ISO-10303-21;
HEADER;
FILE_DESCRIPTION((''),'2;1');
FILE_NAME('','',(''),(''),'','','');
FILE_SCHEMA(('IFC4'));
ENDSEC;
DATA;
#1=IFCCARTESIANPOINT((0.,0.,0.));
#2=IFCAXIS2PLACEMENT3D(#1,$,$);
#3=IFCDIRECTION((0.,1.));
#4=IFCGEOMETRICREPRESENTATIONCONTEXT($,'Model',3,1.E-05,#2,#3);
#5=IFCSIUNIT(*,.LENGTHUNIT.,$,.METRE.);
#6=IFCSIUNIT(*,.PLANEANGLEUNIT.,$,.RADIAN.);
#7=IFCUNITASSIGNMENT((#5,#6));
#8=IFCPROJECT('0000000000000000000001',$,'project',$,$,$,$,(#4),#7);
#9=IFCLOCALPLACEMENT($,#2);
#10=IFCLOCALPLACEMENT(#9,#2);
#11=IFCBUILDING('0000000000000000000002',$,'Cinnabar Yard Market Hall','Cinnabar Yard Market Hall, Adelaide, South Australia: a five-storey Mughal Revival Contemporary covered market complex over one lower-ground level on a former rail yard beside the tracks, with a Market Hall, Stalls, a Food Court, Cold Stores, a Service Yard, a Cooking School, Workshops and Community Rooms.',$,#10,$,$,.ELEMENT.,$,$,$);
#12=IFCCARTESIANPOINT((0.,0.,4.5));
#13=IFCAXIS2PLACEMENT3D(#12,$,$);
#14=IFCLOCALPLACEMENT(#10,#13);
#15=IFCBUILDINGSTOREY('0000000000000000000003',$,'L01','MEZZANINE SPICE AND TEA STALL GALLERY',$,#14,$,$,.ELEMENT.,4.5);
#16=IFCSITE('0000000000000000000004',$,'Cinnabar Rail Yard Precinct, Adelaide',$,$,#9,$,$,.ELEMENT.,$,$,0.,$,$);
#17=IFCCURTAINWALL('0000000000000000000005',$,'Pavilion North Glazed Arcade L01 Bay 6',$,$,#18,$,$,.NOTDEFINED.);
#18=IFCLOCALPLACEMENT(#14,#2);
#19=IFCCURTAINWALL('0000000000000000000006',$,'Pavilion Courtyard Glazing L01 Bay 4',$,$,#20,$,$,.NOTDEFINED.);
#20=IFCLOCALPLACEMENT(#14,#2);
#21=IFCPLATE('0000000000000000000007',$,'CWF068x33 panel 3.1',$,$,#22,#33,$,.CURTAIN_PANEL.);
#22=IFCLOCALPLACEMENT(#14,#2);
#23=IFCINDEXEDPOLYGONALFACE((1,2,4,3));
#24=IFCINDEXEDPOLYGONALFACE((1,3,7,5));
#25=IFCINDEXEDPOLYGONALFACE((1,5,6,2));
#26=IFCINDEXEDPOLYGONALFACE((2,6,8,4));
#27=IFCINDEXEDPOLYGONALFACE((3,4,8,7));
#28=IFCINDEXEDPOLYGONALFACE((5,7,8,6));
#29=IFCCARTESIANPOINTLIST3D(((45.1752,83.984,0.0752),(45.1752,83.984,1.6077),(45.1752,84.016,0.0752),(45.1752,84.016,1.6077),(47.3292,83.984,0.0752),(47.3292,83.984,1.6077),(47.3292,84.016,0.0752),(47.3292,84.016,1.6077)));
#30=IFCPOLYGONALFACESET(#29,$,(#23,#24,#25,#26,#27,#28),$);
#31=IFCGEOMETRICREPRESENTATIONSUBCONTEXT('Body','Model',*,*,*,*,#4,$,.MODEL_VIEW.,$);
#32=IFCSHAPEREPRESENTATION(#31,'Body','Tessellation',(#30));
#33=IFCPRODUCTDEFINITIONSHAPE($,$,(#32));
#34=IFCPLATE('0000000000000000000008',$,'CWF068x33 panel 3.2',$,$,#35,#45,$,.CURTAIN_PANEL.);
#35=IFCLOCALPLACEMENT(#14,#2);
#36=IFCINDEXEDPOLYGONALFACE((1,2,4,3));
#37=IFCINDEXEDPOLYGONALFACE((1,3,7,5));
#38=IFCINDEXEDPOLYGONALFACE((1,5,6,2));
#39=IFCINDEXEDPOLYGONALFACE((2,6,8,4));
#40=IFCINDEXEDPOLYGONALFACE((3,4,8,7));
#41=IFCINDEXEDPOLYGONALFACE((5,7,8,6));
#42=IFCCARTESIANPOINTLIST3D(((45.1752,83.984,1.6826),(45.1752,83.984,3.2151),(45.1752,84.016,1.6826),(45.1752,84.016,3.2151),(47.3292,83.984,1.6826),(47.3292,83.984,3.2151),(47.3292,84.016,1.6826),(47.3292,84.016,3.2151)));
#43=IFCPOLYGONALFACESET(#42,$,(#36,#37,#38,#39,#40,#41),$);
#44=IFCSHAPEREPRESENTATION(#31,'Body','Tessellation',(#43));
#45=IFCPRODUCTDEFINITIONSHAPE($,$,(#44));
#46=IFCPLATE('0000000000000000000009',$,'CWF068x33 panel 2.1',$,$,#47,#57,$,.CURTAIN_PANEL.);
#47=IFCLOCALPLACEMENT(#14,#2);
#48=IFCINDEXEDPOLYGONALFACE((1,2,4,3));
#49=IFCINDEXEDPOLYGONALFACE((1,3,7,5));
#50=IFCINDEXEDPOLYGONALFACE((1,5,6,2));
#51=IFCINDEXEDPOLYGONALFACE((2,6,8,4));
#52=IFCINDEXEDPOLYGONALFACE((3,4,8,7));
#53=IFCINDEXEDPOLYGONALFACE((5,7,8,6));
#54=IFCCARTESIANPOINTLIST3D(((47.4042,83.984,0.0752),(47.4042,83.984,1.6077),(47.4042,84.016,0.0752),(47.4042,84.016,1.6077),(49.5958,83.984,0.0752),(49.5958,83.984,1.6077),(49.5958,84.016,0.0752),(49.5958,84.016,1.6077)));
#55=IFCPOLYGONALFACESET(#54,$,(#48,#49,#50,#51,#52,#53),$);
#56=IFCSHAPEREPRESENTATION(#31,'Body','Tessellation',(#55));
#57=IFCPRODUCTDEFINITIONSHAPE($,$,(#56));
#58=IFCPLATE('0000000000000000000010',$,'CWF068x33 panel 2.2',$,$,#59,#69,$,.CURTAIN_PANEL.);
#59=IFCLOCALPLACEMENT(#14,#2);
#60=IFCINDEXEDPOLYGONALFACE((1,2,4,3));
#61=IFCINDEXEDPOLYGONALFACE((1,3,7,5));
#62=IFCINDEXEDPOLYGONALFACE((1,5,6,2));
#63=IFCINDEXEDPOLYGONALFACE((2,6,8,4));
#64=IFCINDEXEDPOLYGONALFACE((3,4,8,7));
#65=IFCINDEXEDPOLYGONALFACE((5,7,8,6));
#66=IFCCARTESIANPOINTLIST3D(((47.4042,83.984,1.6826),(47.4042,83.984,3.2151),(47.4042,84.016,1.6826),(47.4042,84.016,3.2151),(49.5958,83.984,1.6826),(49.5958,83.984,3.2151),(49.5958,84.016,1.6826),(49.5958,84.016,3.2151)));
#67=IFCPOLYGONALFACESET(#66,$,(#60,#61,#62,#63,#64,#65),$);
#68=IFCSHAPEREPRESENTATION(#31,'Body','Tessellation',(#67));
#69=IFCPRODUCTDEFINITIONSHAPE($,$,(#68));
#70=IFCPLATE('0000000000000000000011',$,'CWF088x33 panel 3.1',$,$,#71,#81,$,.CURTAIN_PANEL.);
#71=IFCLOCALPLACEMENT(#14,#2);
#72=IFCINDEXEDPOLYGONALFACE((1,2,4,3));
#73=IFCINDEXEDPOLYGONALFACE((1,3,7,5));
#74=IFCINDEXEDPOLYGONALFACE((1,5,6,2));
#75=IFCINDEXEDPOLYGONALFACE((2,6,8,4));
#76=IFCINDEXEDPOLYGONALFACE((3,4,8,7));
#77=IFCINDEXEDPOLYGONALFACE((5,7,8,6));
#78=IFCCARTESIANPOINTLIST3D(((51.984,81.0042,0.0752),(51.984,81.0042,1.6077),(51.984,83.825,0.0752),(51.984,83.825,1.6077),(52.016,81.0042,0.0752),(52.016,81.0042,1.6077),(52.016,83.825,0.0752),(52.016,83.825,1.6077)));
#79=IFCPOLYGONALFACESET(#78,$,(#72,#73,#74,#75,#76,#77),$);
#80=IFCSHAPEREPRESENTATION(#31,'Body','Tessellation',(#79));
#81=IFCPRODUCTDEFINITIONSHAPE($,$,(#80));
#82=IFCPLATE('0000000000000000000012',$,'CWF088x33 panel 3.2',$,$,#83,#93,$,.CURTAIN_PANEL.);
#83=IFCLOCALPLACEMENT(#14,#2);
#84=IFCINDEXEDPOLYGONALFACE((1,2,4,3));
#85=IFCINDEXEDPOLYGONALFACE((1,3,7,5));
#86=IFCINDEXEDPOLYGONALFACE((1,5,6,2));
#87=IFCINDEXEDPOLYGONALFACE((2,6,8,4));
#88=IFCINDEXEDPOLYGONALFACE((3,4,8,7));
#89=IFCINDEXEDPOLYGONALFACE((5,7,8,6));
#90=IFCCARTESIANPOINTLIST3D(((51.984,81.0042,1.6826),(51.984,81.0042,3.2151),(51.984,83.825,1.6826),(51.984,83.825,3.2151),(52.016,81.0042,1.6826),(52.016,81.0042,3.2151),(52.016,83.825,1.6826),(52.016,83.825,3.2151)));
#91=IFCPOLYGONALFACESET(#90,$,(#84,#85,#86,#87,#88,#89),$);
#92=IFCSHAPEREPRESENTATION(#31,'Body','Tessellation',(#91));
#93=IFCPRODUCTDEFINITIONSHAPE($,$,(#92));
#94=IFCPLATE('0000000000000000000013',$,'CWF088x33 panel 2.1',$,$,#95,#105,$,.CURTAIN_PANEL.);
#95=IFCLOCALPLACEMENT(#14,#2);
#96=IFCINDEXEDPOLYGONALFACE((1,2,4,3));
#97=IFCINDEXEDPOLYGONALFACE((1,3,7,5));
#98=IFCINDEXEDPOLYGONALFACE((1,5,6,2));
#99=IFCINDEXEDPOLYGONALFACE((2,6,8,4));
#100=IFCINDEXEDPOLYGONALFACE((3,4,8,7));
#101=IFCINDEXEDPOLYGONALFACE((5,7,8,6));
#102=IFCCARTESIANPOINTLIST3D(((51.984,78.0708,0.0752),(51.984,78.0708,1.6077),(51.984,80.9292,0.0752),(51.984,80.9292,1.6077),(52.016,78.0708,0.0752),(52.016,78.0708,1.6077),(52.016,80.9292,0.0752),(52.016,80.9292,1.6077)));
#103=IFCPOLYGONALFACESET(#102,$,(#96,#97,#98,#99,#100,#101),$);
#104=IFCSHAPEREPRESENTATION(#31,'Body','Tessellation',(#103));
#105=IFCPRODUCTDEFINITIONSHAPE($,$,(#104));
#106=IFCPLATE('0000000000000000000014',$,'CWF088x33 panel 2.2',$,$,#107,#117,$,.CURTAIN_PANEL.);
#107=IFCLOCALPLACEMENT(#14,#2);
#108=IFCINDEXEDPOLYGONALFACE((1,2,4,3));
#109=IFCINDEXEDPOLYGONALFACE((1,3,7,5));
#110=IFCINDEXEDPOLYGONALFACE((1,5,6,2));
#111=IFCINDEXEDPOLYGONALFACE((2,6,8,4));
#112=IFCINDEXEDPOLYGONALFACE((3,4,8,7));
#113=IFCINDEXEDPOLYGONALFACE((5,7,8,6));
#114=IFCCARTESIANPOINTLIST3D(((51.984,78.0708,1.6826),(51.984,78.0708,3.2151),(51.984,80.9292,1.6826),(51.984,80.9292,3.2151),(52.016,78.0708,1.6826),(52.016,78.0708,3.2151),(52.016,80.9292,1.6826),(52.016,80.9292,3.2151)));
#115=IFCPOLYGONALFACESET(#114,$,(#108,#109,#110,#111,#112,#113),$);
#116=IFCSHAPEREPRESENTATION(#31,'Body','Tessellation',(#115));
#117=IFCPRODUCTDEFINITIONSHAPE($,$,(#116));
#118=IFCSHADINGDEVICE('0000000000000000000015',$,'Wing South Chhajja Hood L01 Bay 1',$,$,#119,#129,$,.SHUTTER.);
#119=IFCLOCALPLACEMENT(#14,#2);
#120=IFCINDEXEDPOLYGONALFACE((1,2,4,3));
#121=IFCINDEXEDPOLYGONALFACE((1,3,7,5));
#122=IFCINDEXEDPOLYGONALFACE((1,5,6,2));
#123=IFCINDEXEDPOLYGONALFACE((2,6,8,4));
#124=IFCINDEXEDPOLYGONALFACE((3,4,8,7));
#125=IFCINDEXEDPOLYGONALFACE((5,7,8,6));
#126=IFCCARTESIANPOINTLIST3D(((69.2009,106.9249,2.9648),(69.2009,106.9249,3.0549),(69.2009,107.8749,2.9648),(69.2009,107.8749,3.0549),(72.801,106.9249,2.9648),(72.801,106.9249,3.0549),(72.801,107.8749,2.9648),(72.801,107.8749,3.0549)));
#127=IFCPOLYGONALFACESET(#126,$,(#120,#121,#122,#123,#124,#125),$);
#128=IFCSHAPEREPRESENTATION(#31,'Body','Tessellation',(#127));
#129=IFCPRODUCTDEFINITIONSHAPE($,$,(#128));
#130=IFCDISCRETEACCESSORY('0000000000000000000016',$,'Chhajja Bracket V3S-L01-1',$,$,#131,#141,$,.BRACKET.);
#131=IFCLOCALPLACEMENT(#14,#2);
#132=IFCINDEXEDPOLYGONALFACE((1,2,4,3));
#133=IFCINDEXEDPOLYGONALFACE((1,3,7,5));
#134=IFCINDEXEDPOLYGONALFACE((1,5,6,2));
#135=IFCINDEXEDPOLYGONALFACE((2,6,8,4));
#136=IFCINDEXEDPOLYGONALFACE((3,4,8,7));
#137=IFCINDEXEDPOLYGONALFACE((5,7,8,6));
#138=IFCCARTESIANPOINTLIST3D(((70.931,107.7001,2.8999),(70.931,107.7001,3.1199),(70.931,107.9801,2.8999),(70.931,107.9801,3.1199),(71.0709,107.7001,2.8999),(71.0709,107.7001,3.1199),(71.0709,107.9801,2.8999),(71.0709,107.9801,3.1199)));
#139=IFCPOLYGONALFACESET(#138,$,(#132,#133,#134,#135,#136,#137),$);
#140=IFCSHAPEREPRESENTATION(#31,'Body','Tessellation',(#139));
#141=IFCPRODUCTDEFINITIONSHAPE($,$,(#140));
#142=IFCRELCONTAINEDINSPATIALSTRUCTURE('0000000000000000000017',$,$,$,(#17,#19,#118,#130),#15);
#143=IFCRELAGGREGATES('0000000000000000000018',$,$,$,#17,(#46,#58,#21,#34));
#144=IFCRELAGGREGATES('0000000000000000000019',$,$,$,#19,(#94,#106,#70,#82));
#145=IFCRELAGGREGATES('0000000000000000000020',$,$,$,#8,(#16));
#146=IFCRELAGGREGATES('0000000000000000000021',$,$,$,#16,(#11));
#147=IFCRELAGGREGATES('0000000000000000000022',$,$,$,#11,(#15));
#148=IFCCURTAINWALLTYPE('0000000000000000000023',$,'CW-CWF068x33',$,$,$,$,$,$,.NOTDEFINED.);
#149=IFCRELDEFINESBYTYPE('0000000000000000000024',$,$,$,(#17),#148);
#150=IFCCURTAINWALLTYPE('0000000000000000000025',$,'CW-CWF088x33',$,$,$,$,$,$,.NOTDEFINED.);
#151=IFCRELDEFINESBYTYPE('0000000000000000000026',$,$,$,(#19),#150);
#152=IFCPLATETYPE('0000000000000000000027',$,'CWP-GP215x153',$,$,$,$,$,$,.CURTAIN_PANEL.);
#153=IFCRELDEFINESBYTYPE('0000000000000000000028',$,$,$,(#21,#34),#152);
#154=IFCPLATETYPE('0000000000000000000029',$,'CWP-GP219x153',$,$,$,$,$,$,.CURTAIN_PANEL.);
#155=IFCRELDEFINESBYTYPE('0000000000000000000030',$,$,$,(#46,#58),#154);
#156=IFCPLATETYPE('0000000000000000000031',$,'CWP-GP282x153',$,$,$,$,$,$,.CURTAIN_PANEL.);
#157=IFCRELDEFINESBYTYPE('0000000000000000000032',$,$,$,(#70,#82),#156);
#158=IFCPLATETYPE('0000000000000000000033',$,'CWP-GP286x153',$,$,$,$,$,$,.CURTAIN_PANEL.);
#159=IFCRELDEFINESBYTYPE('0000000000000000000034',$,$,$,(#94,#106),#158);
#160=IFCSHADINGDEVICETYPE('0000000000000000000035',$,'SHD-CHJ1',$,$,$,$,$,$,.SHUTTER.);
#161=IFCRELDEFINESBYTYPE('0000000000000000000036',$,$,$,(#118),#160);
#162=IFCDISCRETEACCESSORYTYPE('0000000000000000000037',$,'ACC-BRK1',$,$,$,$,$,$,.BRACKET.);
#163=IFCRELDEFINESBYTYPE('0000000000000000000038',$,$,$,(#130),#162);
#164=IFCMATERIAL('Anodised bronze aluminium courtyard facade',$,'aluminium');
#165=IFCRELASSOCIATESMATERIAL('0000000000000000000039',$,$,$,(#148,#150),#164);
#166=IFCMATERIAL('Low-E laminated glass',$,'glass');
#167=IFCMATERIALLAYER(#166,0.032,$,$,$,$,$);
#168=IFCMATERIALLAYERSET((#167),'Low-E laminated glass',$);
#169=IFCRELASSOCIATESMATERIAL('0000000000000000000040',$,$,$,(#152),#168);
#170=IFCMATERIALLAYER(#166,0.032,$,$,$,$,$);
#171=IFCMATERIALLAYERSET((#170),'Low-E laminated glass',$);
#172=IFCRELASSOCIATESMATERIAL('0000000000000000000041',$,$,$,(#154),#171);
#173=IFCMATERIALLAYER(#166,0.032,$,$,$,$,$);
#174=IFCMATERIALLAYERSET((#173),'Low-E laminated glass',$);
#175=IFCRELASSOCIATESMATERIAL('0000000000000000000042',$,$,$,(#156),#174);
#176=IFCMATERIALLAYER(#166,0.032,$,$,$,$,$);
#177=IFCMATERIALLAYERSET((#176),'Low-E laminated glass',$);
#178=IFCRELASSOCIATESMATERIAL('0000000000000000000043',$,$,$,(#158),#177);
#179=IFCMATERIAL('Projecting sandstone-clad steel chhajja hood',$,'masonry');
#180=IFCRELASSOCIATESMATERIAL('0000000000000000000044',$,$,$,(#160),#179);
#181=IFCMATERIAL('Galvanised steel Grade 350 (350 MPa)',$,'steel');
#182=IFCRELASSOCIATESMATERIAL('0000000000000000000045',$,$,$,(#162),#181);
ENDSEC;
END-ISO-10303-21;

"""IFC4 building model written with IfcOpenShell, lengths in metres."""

from ifc_helpers import new_model, si_unit, direction, frame, origin, origin_2d_with_axis, place, context, subcontext, project, spatial, rectangle, extrude, material, layer, layer_set, type_object, element, aggregate, save


model = new_model("IFC4")

# Units and contexts
model_context = context("Model", 3, precision=1e-05, world=origin(), true_north=direction((0.0, 1.0)))
body_context = subcontext(model_context, "Body", "Model", "MODEL_VIEW")
ifc_project = project(units=[si_unit("LENGTHUNIT", "METRE"), si_unit("PLANEANGLEUNIT", "RADIAN")], contexts=[model_context])

# Site, building, storey
site_placement = place(None, origin())
site = spatial("IfcSite", under=ifc_project, at=site_placement, Name="Cinnabar Rail Yard Precinct, Adelaide", CompositionType="ELEMENT", RefElevation=0.0)
building_placement = place(site_placement, origin())
building = spatial("IfcBuilding", under=site, at=building_placement, Name="Cinnabar Yard Market Hall", Description="Cinnabar Yard Market Hall, Adelaide, South Australia: a five-storey Mughal Revival Contemporary covered market complex over one lower-ground level on a former rail yard beside the tracks, with a Market Hall, Stalls, a Food Court, Cold Stores, a Service Yard, a Cooking School, Workshops and Community Rooms.", CompositionType="ELEMENT")
storey_placement = place(building_placement, frame((0.0, 0.0, 4.5)))
storey = spatial("IfcBuildingStorey", under=building, at=storey_placement, Name="L01", Description="MEZZANINE SPICE AND TEA STALL GALLERY", CompositionType="ELEMENT", Elevation=4.5)

# Curtain walls
ifc_material_1 = material(Name="Anodised bronze aluminium courtyard facade", Category="aluminium")
curtain_wall_type_1 = type_object("IfcCurtainWallType", Name="CW-CWF068x33", PredefinedType="NOTDEFINED", material=ifc_material_1)
curtain_wall_1_placement = place(storey_placement, origin())
curtain_wall_1 = element("IfcCurtainWall", 1, at=curtain_wall_1_placement, inside=storey, type_object=curtain_wall_type_1, Name="Pavilion North Glazed Arcade L01 Bay 6", PredefinedType="NOTDEFINED")
curtain_wall_type_2 = type_object("IfcCurtainWallType", Name="CW-CWF088x33", PredefinedType="NOTDEFINED", material=ifc_material_1)
curtain_wall_2_placement = place(storey_placement, origin())
curtain_wall_2 = element("IfcCurtainWall", 2, at=curtain_wall_2_placement, inside=storey, type_object=curtain_wall_type_2, Name="Pavilion Courtyard Glazing L01 Bay 4", PredefinedType="NOTDEFINED")

# Plates
ifc_material_2 = material(Name="Low-E laminated glass", Category="glass")
ifc_layer_1 = layer(ifc_material_2, 0.032)
ifc_layer_set_1 = layer_set([ifc_layer_1], Name="Low-E laminated glass")
plate_type_1 = type_object("IfcPlateType", Name="CWP-GP215x153", PredefinedType="CURTAIN_PANEL", material=ifc_layer_set_1)
plate_1_placement = place(storey_placement, frame((46.2522, 84.0, 0.0752), z_axis=(0.0, 0.0, 1.0), x_axis=(-1.0, 0.0, 0.0)))
plate_1 = element("IfcPlate", 3, at=plate_1_placement, type_object=plate_type_1, Name="CWF068x33 panel 3.1", PredefinedType="CURTAIN_PANEL", context=body_context, shape_type="SweptSolid", body=[
    extrude(rectangle(XDim=2.1541, YDim=0.032, at=origin_2d_with_axis()), origin(), (0.0, 0.0, 1.0), 1.5325),
])
plate_2_placement = place(storey_placement, frame((46.2522, 84.0, 1.6826), z_axis=(0.0, 0.0, 1.0), x_axis=(-1.0, 0.0, 0.0)))
plate_2 = element("IfcPlate", 4, at=plate_2_placement, type_object=plate_type_1, Name="CWF068x33 panel 3.2", PredefinedType="CURTAIN_PANEL", context=body_context, shape_type="SweptSolid", body=[
    extrude(rectangle(XDim=2.1541, YDim=0.032, at=origin_2d_with_axis()), origin(), (0.0, 0.0, 1.0), 1.5325),
])
ifc_layer_2 = layer(ifc_material_2, 0.032)
ifc_layer_set_2 = layer_set([ifc_layer_2], Name="Low-E laminated glass")
plate_type_2 = type_object("IfcPlateType", Name="CWP-GP219x153", PredefinedType="CURTAIN_PANEL", material=ifc_layer_set_2)
plate_3_placement = place(storey_placement, frame((48.5, 84.0, 0.0752), z_axis=(0.0, 0.0, 1.0), x_axis=(-1.0, 0.0, 0.0)))
plate_3 = element("IfcPlate", 5, at=plate_3_placement, type_object=plate_type_2, Name="CWF068x33 panel 2.1", PredefinedType="CURTAIN_PANEL", context=body_context, shape_type="SweptSolid", body=[
    extrude(rectangle(XDim=2.1917, YDim=0.032, at=origin_2d_with_axis()), origin(), (0.0, 0.0, 1.0), 1.5325),
])
plate_4_placement = place(storey_placement, frame((48.5, 84.0, 1.6826), z_axis=(0.0, 0.0, 1.0), x_axis=(-1.0, 0.0, 0.0)))
plate_4 = element("IfcPlate", 6, at=plate_4_placement, type_object=plate_type_2, Name="CWF068x33 panel 2.2", PredefinedType="CURTAIN_PANEL", context=body_context, shape_type="SweptSolid", body=[
    extrude(rectangle(XDim=2.1917, YDim=0.032, at=origin_2d_with_axis()), origin(), (0.0, 0.0, 1.0), 1.5325),
])
aggregate(curtain_wall_1, [plate_3, plate_4, plate_1, plate_2])
ifc_layer_3 = layer(ifc_material_2, 0.032)
ifc_layer_set_3 = layer_set([ifc_layer_3], Name="Low-E laminated glass")
plate_type_3 = type_object("IfcPlateType", Name="CWP-GP282x153", PredefinedType="CURTAIN_PANEL", material=ifc_layer_set_3)
plate_5_placement = place(storey_placement, frame((52.0, 82.4146, 0.0752), z_axis=(0.0, 0.0, 1.0), x_axis=(0.0, 1.0, 0.0)))
plate_5 = element("IfcPlate", 7, at=plate_5_placement, type_object=plate_type_3, Name="CWF088x33 panel 3.1", PredefinedType="CURTAIN_PANEL", context=body_context, shape_type="SweptSolid", body=[
    extrude(rectangle(XDim=2.8208, YDim=0.032, at=origin_2d_with_axis()), origin(), (0.0, 0.0, 1.0), 1.5325),
])
plate_6_placement = place(storey_placement, frame((52.0, 82.4146, 1.6826), z_axis=(0.0, 0.0, 1.0), x_axis=(0.0, 1.0, 0.0)))
plate_6 = element("IfcPlate", 8, at=plate_6_placement, type_object=plate_type_3, Name="CWF088x33 panel 3.2", PredefinedType="CURTAIN_PANEL", context=body_context, shape_type="SweptSolid", body=[
    extrude(rectangle(XDim=2.8208, YDim=0.032, at=origin_2d_with_axis()), origin(), (0.0, 0.0, 1.0), 1.5325),
])
ifc_layer_4 = layer(ifc_material_2, 0.032)
ifc_layer_set_4 = layer_set([ifc_layer_4], Name="Low-E laminated glass")
plate_type_4 = type_object("IfcPlateType", Name="CWP-GP286x153", PredefinedType="CURTAIN_PANEL", material=ifc_layer_set_4)
plate_7_placement = place(storey_placement, frame((52.0, 79.5, 0.0752), z_axis=(0.0, 0.0, 1.0), x_axis=(0.0, 1.0, 0.0)))
plate_7 = element("IfcPlate", 9, at=plate_7_placement, type_object=plate_type_4, Name="CWF088x33 panel 2.1", PredefinedType="CURTAIN_PANEL", context=body_context, shape_type="SweptSolid", body=[
    extrude(rectangle(XDim=2.8584, YDim=0.032, at=origin_2d_with_axis()), origin(), (0.0, 0.0, 1.0), 1.5325),
])
plate_8_placement = place(storey_placement, frame((52.0, 79.5, 1.6826), z_axis=(0.0, 0.0, 1.0), x_axis=(0.0, 1.0, 0.0)))
plate_8 = element("IfcPlate", 10, at=plate_8_placement, type_object=plate_type_4, Name="CWF088x33 panel 2.2", PredefinedType="CURTAIN_PANEL", context=body_context, shape_type="SweptSolid", body=[
    extrude(rectangle(XDim=2.8584, YDim=0.032, at=origin_2d_with_axis()), origin(), (0.0, 0.0, 1.0), 1.5325),
])
aggregate(curtain_wall_2, [plate_7, plate_8, plate_5, plate_6])

# Shading device
ifc_material_3 = material(Name="Projecting sandstone-clad steel chhajja hood", Category="masonry")
shading_device_type = type_object("IfcShadingDeviceType", Name="SHD-CHJ1", PredefinedType="SHUTTER", material=ifc_material_3)
shading_device_placement = place(storey_placement, frame((71.001, 107.3999, 2.9648), z_axis=(0.0, 0.0, 1.0), x_axis=(1.0, 0.0, 0.0)))
element("IfcShadingDevice", 11, at=shading_device_placement, inside=storey, type_object=shading_device_type, Name="Wing South Chhajja Hood L01 Bay 1", PredefinedType="SHUTTER", context=body_context, shape_type="SweptSolid", body=[
    extrude(rectangle(XDim=3.6001, YDim=0.95, at=origin_2d_with_axis()), origin(), (0.0, 0.0, 1.0), 0.0901),
])

# Discrete accessory
ifc_material_4 = material(Name="Galvanised steel Grade 350 (350 MPa)", Category="steel")
discrete_accessory_type = type_object("IfcDiscreteAccessoryType", Name="ACC-BRK1", PredefinedType="BRACKET", material=ifc_material_4)
discrete_accessory_placement = place(storey_placement, frame((71.001, 107.8401, 2.8999), z_axis=(0.0, 0.0, 1.0), x_axis=(1.0, 0.0, 0.0)))
element("IfcDiscreteAccessory", 12, at=discrete_accessory_placement, inside=storey, type_object=discrete_accessory_type, Name="Chhajja Bracket V3S-L01-1", PredefinedType="BRACKET", context=body_context, shape_type="SweptSolid", body=[
    extrude(rectangle(XDim=0.1399, YDim=0.28, at=origin_2d_with_axis()), origin(), (0.0, 0.0, 1.0), 0.22),
])

save(model, "model.ifc")
